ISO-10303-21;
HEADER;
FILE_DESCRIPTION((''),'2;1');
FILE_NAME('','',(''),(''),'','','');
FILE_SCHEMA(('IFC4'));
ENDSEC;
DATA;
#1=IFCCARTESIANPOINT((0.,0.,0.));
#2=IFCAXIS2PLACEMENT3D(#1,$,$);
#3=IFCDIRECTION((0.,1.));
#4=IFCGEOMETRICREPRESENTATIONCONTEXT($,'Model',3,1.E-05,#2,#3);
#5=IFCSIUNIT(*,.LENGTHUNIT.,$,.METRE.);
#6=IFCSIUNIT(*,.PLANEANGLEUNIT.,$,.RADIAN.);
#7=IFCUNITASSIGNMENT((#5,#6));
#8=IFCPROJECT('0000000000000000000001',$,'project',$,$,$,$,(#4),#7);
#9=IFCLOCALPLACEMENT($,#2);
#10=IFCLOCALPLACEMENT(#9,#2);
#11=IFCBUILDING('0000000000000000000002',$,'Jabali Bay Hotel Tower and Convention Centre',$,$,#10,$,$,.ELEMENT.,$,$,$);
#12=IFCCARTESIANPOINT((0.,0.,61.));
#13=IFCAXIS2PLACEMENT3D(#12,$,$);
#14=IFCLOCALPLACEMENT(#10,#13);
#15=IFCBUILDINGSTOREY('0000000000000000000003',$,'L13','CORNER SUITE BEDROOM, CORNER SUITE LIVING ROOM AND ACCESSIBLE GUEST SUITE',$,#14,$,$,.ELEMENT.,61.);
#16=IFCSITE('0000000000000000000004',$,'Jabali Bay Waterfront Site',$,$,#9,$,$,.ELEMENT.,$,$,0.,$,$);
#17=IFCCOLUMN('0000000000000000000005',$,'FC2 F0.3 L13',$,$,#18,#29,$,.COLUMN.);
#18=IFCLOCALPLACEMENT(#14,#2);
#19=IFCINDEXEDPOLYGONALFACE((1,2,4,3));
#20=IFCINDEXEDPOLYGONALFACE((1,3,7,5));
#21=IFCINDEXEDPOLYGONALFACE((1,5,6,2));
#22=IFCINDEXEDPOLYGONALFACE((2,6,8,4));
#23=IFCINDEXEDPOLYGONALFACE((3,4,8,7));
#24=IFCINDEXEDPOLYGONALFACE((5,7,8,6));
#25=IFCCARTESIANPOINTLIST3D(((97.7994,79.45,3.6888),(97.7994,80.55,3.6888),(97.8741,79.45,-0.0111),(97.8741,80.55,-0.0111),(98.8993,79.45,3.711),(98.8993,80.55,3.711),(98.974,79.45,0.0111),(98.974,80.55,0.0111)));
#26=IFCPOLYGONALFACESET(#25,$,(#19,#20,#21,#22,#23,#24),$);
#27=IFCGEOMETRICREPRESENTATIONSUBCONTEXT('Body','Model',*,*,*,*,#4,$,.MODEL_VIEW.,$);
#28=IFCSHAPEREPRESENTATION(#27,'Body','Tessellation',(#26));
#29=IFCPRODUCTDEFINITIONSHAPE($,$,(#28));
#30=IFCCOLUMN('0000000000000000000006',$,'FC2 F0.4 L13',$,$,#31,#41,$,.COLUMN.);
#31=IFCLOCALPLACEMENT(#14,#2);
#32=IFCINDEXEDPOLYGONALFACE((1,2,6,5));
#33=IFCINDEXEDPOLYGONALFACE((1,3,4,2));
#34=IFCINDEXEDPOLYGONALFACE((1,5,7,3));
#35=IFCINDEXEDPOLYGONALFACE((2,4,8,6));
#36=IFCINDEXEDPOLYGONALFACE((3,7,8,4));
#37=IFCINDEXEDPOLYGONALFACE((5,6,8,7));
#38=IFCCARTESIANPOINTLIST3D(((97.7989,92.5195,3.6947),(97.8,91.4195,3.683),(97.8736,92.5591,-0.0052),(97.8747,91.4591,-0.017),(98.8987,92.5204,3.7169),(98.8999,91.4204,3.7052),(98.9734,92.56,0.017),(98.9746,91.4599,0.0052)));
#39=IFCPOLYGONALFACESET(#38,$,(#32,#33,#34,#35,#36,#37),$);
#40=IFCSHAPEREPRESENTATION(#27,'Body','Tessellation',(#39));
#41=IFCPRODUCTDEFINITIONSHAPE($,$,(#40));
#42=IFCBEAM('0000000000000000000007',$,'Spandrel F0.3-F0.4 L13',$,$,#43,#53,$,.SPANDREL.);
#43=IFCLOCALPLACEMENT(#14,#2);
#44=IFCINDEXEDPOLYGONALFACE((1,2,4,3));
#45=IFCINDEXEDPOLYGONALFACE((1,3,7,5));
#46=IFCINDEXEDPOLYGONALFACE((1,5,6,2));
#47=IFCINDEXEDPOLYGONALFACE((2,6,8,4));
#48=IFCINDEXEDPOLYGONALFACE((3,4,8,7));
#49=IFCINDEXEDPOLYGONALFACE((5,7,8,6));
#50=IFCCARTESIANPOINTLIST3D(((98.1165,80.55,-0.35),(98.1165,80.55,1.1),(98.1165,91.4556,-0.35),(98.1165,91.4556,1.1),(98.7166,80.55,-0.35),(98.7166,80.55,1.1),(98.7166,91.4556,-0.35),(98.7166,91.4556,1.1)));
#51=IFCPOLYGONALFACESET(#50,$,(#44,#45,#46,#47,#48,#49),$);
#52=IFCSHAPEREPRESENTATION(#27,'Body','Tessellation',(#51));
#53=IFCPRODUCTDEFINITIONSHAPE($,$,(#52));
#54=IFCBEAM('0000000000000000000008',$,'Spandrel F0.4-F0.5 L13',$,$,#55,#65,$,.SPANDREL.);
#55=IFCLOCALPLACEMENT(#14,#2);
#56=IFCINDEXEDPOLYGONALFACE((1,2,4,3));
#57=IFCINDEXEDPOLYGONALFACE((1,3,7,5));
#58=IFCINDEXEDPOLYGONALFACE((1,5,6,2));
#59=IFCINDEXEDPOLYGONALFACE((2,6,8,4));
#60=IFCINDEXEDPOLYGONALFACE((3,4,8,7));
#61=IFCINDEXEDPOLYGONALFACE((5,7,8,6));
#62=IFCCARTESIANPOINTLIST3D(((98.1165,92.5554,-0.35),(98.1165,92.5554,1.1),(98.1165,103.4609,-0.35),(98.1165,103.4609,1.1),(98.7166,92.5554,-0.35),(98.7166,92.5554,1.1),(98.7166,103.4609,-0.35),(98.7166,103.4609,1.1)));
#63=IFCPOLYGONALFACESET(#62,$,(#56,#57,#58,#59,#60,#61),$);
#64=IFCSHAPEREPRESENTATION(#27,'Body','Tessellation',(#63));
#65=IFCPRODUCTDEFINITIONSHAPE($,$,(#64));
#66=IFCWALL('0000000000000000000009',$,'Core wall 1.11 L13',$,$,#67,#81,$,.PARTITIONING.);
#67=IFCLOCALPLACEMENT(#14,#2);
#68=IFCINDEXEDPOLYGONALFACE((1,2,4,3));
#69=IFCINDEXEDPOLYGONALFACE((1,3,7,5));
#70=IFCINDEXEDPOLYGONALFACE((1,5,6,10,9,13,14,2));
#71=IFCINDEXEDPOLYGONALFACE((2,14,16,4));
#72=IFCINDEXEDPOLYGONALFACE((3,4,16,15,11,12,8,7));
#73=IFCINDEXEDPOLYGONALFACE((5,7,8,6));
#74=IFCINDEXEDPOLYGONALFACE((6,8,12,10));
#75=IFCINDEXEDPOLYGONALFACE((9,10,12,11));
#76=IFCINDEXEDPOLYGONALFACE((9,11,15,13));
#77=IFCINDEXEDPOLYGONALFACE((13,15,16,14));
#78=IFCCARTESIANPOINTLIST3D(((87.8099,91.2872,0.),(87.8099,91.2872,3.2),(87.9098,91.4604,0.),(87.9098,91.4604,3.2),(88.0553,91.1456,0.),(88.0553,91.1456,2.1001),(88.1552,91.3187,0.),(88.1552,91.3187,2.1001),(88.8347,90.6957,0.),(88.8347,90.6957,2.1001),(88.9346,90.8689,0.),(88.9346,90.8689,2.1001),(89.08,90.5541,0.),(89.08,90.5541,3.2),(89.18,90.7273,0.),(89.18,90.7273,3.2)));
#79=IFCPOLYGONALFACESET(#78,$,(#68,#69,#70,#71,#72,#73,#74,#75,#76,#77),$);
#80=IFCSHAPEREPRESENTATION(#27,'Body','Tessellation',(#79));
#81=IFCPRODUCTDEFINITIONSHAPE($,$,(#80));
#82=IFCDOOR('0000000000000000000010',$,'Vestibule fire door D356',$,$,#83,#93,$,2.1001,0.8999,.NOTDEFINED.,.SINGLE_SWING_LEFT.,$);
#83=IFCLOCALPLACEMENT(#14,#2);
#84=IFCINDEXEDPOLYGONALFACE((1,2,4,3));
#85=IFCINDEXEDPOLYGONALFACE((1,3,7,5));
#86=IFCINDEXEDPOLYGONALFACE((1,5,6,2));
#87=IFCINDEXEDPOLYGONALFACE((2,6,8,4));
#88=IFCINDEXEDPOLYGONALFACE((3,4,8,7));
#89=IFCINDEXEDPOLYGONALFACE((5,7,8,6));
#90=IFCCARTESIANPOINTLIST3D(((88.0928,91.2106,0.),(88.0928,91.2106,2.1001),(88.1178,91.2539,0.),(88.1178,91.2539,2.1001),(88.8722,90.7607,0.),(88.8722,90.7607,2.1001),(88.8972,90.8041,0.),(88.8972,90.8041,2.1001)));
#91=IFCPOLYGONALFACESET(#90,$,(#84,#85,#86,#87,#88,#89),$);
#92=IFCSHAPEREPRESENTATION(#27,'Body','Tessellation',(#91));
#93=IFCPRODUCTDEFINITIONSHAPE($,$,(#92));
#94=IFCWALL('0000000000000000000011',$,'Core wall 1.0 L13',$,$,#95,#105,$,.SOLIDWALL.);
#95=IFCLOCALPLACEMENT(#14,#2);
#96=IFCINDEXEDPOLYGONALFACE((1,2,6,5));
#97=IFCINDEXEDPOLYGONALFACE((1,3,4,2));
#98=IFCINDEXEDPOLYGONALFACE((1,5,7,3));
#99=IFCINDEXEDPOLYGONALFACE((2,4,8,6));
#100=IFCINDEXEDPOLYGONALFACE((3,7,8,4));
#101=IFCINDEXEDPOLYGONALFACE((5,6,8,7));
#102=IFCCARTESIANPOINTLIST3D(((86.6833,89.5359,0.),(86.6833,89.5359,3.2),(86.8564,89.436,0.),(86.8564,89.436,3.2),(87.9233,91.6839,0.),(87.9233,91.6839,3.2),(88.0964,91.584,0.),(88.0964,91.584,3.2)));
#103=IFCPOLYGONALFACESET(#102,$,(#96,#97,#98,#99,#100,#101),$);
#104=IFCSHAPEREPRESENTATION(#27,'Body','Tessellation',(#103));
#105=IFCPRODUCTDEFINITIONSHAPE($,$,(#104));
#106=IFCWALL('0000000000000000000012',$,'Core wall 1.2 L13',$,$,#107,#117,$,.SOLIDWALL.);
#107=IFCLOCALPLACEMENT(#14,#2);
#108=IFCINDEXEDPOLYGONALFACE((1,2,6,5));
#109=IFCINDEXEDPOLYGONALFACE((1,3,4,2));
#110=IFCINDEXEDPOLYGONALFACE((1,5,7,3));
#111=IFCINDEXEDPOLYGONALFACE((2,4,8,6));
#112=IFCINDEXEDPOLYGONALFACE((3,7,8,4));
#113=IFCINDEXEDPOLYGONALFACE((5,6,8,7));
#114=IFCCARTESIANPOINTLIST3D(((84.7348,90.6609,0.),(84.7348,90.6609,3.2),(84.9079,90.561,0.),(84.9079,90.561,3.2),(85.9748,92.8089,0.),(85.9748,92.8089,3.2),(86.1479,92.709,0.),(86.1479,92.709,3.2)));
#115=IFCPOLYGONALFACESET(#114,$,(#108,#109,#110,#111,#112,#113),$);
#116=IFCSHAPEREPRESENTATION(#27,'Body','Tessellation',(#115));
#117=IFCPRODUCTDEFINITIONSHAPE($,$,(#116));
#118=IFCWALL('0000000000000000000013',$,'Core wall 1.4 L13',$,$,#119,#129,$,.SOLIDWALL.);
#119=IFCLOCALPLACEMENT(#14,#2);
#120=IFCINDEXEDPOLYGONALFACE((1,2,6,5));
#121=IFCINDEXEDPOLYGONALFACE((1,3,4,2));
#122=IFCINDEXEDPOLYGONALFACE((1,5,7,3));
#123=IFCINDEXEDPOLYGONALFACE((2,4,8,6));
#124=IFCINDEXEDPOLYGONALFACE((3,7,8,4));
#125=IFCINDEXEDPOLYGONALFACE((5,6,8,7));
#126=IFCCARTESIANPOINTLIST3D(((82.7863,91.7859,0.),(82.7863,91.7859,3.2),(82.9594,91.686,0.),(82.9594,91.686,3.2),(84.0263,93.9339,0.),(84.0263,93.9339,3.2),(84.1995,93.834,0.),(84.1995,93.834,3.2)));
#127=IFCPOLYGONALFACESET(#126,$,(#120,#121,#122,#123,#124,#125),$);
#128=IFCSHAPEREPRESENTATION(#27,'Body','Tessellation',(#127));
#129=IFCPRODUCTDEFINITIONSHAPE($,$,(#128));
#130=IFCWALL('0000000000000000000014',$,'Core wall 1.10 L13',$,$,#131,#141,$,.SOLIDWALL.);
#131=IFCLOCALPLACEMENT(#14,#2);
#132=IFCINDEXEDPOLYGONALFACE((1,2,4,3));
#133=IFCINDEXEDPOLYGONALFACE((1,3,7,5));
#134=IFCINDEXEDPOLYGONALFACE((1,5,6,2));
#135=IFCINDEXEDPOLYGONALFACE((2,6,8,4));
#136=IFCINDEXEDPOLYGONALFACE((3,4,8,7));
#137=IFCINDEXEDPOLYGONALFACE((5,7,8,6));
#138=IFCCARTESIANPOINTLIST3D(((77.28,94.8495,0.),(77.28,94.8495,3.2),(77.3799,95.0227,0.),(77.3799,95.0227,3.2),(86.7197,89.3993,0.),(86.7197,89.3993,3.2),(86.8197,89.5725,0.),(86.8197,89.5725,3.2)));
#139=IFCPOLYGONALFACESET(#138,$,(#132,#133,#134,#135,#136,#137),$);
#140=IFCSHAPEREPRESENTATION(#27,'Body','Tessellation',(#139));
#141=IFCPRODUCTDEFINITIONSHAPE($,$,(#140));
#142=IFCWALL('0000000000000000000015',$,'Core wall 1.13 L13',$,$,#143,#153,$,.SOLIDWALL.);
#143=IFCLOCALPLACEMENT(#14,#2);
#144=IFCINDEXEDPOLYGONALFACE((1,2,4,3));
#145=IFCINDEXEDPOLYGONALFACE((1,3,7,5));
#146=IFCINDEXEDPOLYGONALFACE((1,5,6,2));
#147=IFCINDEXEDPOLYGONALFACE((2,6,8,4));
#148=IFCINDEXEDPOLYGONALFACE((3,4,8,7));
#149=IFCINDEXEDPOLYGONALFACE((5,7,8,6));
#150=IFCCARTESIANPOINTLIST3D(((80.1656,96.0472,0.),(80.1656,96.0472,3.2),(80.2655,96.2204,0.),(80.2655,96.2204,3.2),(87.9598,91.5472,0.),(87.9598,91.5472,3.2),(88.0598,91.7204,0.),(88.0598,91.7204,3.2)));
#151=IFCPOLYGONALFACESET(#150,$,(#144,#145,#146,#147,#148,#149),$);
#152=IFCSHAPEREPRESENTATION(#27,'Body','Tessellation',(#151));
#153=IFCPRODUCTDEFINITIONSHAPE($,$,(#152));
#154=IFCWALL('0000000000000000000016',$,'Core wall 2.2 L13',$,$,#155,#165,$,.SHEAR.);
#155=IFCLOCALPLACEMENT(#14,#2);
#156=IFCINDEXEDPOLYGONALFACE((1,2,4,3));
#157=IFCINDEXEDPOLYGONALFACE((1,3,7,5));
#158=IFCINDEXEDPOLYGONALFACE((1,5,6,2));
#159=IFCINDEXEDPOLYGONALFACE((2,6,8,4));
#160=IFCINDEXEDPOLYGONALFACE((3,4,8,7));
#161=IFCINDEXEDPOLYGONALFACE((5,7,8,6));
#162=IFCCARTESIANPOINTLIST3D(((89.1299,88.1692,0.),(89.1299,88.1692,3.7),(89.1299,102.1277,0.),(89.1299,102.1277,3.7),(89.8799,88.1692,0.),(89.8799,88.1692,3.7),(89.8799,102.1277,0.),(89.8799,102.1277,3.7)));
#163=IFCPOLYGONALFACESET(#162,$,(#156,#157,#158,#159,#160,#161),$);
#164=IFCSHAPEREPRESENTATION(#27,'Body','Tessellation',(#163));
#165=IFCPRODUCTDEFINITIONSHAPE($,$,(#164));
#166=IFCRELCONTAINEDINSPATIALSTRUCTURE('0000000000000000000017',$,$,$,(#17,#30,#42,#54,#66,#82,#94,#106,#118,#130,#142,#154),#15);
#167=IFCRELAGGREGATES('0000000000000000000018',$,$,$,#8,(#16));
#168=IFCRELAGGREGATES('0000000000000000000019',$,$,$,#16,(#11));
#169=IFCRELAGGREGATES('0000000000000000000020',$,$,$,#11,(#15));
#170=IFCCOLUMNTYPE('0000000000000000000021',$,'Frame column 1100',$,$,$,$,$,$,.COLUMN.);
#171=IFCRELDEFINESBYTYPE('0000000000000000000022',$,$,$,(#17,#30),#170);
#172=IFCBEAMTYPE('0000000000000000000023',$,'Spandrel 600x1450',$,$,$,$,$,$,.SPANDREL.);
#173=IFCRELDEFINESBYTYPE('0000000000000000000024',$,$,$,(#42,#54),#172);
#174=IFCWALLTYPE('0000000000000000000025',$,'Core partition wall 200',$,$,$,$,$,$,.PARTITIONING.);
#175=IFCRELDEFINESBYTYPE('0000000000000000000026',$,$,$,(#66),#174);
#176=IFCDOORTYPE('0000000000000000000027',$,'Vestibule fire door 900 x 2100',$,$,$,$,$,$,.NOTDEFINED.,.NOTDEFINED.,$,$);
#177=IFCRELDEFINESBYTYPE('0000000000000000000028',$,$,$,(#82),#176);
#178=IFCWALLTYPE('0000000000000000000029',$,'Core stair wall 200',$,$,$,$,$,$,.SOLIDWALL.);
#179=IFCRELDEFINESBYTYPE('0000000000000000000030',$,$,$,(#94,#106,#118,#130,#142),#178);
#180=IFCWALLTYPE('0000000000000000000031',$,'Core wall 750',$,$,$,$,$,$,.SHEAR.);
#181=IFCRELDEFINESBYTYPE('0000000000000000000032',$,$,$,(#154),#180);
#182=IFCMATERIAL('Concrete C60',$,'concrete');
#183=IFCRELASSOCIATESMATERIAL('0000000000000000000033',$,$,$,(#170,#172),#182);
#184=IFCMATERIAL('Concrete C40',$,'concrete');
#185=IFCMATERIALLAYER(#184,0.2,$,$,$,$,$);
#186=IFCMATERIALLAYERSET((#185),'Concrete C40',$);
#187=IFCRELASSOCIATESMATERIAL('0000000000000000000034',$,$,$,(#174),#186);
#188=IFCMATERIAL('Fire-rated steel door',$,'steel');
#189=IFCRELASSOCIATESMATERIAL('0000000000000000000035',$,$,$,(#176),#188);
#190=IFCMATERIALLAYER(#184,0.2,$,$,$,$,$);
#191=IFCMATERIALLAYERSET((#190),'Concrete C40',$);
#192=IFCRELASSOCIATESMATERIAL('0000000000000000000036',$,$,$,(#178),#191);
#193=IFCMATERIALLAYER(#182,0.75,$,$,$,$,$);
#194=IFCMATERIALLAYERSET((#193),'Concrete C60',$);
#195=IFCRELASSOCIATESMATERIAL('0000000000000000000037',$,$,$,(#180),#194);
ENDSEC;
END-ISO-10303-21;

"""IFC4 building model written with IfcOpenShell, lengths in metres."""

from ifc_helpers import new_model, si_unit, direction, frame, frame_2d, origin, origin_2d, place, context, subcontext, project, spatial, rectangle, extrude, material, layer, layer_set, material_profile, profile_set, type_object, element, fill, save


model = new_model("IFC4")

# Units and contexts
model_context = context("Model", 3, precision=1e-05, world=origin(), true_north=direction((0.0, 1.0)))
body_context = subcontext(model_context, "Body", "Model", "MODEL_VIEW")
ifc_project = project(units=[si_unit("LENGTHUNIT", "METRE"), si_unit("PLANEANGLEUNIT", "RADIAN")], contexts=[model_context])

# Site, building, storey
site_placement = place(None, origin())
site = spatial("IfcSite", under=ifc_project, at=site_placement, Name="Jabali Bay Waterfront Site", CompositionType="ELEMENT", RefElevation=0.0)
building_placement = place(site_placement, origin())
building = spatial("IfcBuilding", under=site, at=building_placement, Name="Jabali Bay Hotel Tower and Convention Centre", CompositionType="ELEMENT")
storey_placement = place(building_placement, frame((0.0, 0.0, 61.0)))
storey = spatial("IfcBuildingStorey", under=building, at=storey_placement, Name="L13", Description="CORNER SUITE BEDROOM, CORNER SUITE LIVING ROOM AND ACCESSIBLE GUEST SUITE", CompositionType="ELEMENT", Elevation=61.0)

# Columns
ifc_material_1 = material(Name="Concrete C60", Category="concrete")
ifc_material_profile_1 = material_profile(ifc_material_1, rectangle(XDim=1.1001, YDim=1.1001, at=origin_2d()), Name="Frame column 1100")
ifc_profile_set_1 = profile_set([ifc_material_profile_1], Name="Concrete C60")
column_type = type_object("IfcColumnType", Name="Frame column 1100", PredefinedType="COLUMN", material=ifc_profile_set_1)
column_1_placement = place(storey_placement, frame((98.4241, 80.0, 0.0), z_axis=(-0.020187, 0.0, 0.999796), x_axis=(0.0, -1.0, 0.0)))
element("IfcColumn", 1, at=column_1_placement, inside=storey, type_object=column_type, Name="FC2 F0.3 L13", PredefinedType="COLUMN", context=body_context, shape_type="SweptSolid", body=[
    extrude(rectangle(XDim=1.1001, YDim=1.1001, at=origin_2d()), origin(), (0.0, 0.0, 1.0), 3.7007),
])
column_2_placement = place(storey_placement, frame((98.4241, 92.0095, 0.0), z_axis=(-0.020186, -0.010687, 0.999739), x_axis=(0.999796, 0.000808, 0.020196)))
element("IfcColumn", 2, at=column_2_placement, inside=storey, type_object=column_type, Name="FC2 F0.4 L13", PredefinedType="COLUMN", context=body_context, shape_type="SweptSolid", body=[
    extrude(rectangle(XDim=1.1001, YDim=1.1001, at=origin_2d()), origin(), (0.0, 0.0, 1.0), 3.7009),
])

# Beams
ifc_material_profile_2 = material_profile(ifc_material_1, rectangle(XDim=0.6001, YDim=1.45, at=origin_2d()), Name="Spandrel 600x1450")
ifc_profile_set_2 = profile_set([ifc_material_profile_2], Name="Concrete C60")
beam_type = type_object("IfcBeamType", Name="Spandrel 600x1450", PredefinedType="SPANDREL", material=ifc_profile_set_2)
for number, where, z_axis, x_axis, name in (
    (3, (98.4165, 80.55, 0.375), (0.0, 1.0, 0.0), (-1.0, 0.0, 0.0), "Spandrel F0.3-F0.4 L13"),
    (4, (98.4165, 92.5554, 0.375), (0.0, 1.0, 0.0), (-1.0, 0.0, 0.0), "Spandrel F0.4-F0.5 L13"),
):
    element("IfcBeam", number, at=place(storey_placement, frame(where, z_axis=z_axis, x_axis=x_axis)), inside=storey, type_object=beam_type, Name=name, PredefinedType="SPANDREL", context=body_context, shape_type="SweptSolid", body=[
        extrude(rectangle(XDim=0.6001, YDim=1.45, at=origin_2d()), origin(), (0.0, 0.0, 1.0), 10.9055),
    ])

# Wall, opening, door
ifc_material_2 = material(Name="Concrete C40", Category="concrete")
ifc_layer_1 = layer(ifc_material_2, 0.2)
ifc_layer_set_1 = layer_set([ifc_layer_1], Name="Concrete C40")
wall_type_1 = type_object("IfcWallType", Name="Core partition wall 200", PredefinedType="PARTITIONING", material=ifc_layer_set_1)
wall_1_placement = place(storey_placement, frame((89.1301, 90.6406, 0.0), z_axis=(0.0, 0.0, 1.0), x_axis=(-0.866094, 0.499881, 0.0)))
wall_1 = element("IfcWall", 5, at=wall_1_placement, inside=storey, type_object=wall_type_1, Name="Core wall 1.11 L13", PredefinedType="PARTITIONING", context=body_context, shape_type="SweptSolid", body=[
    extrude(rectangle(XDim=1.4666, YDim=0.2, at=frame_2d((0.7334, 0.0))), origin(), (0.0, 0.0, 1.0), 3.2),
])
opening_1_placement = place(wall_1_placement, frame((0.2834, 0.0, 0.0)))
opening_1 = element("IfcOpeningElement", 6, at=opening_1_placement, cuts=wall_1, PredefinedType="OPENING", context=body_context, shape_type="SweptSolid", body=[
    extrude(rectangle(XDim=0.8999, YDim=2.1001, at=frame_2d((0.45, 1.05))), frame((0.0, 0.1104, 0.0), z_axis=(0.0, -1.0, 0.0), x_axis=(1.0, 0.0, 0.0)), (0.0, 0.0, 1.0), 0.2209),
])
ifc_material_3 = material(Name="Fire-rated steel door", Category="steel")
door_type_1 = type_object("IfcDoorType", Name="Vestibule fire door 900 x 2100", OperationType="NOTDEFINED", PredefinedType="NOTDEFINED", material=ifc_material_3)
door_1_placement = place(opening_1_placement, origin())
door_1 = element("IfcDoor", 7, at=door_1_placement, inside=storey, type_object=door_type_1, Name="Vestibule fire door D356", OperationType="SINGLE_SWING_LEFT", OverallHeight=2.1001, OverallWidth=0.8999, PredefinedType="NOTDEFINED", context=body_context, shape_type="SweptSolid", body=[
    extrude(rectangle(XDim=0.8999, YDim=2.1001, at=frame_2d((0.45, 1.05))), frame((0.0, 0.0249, 0.0), z_axis=(0.0, -1.0, 0.0), x_axis=(1.0, 0.0, 0.0)), (0.0, 0.0, 1.0), 0.05),
])
fill(opening_1, door_1)

# Walls
ifc_layer_2 = layer(ifc_material_2, 0.2)
ifc_layer_set_2 = layer_set([ifc_layer_2], Name="Concrete C40")
wall_type_2 = type_object("IfcWallType", Name="Core stair wall 200", PredefinedType="SOLIDWALL", material=ifc_layer_set_2)
for number, where, z_axis, x_axis, name in (
    (8, (86.7698, 89.4858, 0.0), (0.0, 0.0, 1.0), (0.499961, 0.866048, 0.0), "Core wall 1.0 L13"),
    (9, (84.8213, 90.6108, 0.0), (0.0, 0.0, 1.0), (0.499961, 0.866048, 0.0), "Core wall 1.2 L13"),
    (10, (82.8728, 91.7358, 0.0), (0.0, 0.0, 1.0), (0.499961, 0.866048, 0.0), "Core wall 1.4 L13"),
):
    element("IfcWall", number, at=place(storey_placement, frame(where, z_axis=z_axis, x_axis=x_axis)), inside=storey, type_object=wall_type_2, Name=name, PredefinedType="SOLIDWALL", context=body_context, shape_type="SweptSolid", body=[
        extrude(rectangle(XDim=2.4802, YDim=0.2, at=frame_2d((1.2402, 0.0))), origin(), (0.0, 0.0, 1.0), 3.2),
    ])
wall_2_placement = place(storey_placement, frame((86.7698, 89.4858, 0.0), z_axis=(0.0, 0.0, 1.0), x_axis=(-0.866018, 0.500013, 0.0)))
element("IfcWall", 11, at=wall_2_placement, inside=storey, type_object=wall_type_2, Name="Core wall 1.10 L13", PredefinedType="SOLIDWALL", context=body_context, shape_type="SweptSolid", body=[
    extrude(rectangle(XDim=10.9001, YDim=0.2, at=frame_2d((5.4502, 0.0))), origin(), (0.0, 0.0, 1.0), 3.2),
])
wall_3_placement = place(storey_placement, frame((88.0098, 91.6338, 0.0), z_axis=(0.0, 0.0, 1.0), x_axis=(-0.866024, 0.500002, 0.0)))
element("IfcWall", 12, at=wall_3_placement, inside=storey, type_object=wall_type_2, Name="Core wall 1.13 L13", PredefinedType="SOLIDWALL", context=body_context, shape_type="SweptSolid", body=[
    extrude(rectangle(XDim=9.0, YDim=0.2, at=frame_2d((4.5, 0.0))), origin(), (0.0, 0.0, 1.0), 3.2),
])
ifc_layer_3 = layer(ifc_material_1, 0.75)
ifc_layer_set_3 = layer_set([ifc_layer_3], Name="Concrete C60")
wall_type_3 = type_object("IfcWallType", Name="Core wall 750", PredefinedType="SHEAR", material=ifc_layer_set_3)
wall_4_placement = place(storey_placement, frame((89.5049, 88.1692, 0.0), z_axis=(0.0, 0.0, 1.0), x_axis=(0.0, 1.0, 0.0)))
element("IfcWall", 13, at=wall_4_placement, inside=storey, type_object=wall_type_3, Name="Core wall 2.2 L13", PredefinedType="SHEAR", context=body_context, shape_type="SweptSolid", body=[
    extrude(rectangle(XDim=13.9585, YDim=0.75, at=frame_2d((6.9792, 0.0))), origin(), (0.0, 0.0, 1.0), 3.7),
])

save(model, "model.ifc")
